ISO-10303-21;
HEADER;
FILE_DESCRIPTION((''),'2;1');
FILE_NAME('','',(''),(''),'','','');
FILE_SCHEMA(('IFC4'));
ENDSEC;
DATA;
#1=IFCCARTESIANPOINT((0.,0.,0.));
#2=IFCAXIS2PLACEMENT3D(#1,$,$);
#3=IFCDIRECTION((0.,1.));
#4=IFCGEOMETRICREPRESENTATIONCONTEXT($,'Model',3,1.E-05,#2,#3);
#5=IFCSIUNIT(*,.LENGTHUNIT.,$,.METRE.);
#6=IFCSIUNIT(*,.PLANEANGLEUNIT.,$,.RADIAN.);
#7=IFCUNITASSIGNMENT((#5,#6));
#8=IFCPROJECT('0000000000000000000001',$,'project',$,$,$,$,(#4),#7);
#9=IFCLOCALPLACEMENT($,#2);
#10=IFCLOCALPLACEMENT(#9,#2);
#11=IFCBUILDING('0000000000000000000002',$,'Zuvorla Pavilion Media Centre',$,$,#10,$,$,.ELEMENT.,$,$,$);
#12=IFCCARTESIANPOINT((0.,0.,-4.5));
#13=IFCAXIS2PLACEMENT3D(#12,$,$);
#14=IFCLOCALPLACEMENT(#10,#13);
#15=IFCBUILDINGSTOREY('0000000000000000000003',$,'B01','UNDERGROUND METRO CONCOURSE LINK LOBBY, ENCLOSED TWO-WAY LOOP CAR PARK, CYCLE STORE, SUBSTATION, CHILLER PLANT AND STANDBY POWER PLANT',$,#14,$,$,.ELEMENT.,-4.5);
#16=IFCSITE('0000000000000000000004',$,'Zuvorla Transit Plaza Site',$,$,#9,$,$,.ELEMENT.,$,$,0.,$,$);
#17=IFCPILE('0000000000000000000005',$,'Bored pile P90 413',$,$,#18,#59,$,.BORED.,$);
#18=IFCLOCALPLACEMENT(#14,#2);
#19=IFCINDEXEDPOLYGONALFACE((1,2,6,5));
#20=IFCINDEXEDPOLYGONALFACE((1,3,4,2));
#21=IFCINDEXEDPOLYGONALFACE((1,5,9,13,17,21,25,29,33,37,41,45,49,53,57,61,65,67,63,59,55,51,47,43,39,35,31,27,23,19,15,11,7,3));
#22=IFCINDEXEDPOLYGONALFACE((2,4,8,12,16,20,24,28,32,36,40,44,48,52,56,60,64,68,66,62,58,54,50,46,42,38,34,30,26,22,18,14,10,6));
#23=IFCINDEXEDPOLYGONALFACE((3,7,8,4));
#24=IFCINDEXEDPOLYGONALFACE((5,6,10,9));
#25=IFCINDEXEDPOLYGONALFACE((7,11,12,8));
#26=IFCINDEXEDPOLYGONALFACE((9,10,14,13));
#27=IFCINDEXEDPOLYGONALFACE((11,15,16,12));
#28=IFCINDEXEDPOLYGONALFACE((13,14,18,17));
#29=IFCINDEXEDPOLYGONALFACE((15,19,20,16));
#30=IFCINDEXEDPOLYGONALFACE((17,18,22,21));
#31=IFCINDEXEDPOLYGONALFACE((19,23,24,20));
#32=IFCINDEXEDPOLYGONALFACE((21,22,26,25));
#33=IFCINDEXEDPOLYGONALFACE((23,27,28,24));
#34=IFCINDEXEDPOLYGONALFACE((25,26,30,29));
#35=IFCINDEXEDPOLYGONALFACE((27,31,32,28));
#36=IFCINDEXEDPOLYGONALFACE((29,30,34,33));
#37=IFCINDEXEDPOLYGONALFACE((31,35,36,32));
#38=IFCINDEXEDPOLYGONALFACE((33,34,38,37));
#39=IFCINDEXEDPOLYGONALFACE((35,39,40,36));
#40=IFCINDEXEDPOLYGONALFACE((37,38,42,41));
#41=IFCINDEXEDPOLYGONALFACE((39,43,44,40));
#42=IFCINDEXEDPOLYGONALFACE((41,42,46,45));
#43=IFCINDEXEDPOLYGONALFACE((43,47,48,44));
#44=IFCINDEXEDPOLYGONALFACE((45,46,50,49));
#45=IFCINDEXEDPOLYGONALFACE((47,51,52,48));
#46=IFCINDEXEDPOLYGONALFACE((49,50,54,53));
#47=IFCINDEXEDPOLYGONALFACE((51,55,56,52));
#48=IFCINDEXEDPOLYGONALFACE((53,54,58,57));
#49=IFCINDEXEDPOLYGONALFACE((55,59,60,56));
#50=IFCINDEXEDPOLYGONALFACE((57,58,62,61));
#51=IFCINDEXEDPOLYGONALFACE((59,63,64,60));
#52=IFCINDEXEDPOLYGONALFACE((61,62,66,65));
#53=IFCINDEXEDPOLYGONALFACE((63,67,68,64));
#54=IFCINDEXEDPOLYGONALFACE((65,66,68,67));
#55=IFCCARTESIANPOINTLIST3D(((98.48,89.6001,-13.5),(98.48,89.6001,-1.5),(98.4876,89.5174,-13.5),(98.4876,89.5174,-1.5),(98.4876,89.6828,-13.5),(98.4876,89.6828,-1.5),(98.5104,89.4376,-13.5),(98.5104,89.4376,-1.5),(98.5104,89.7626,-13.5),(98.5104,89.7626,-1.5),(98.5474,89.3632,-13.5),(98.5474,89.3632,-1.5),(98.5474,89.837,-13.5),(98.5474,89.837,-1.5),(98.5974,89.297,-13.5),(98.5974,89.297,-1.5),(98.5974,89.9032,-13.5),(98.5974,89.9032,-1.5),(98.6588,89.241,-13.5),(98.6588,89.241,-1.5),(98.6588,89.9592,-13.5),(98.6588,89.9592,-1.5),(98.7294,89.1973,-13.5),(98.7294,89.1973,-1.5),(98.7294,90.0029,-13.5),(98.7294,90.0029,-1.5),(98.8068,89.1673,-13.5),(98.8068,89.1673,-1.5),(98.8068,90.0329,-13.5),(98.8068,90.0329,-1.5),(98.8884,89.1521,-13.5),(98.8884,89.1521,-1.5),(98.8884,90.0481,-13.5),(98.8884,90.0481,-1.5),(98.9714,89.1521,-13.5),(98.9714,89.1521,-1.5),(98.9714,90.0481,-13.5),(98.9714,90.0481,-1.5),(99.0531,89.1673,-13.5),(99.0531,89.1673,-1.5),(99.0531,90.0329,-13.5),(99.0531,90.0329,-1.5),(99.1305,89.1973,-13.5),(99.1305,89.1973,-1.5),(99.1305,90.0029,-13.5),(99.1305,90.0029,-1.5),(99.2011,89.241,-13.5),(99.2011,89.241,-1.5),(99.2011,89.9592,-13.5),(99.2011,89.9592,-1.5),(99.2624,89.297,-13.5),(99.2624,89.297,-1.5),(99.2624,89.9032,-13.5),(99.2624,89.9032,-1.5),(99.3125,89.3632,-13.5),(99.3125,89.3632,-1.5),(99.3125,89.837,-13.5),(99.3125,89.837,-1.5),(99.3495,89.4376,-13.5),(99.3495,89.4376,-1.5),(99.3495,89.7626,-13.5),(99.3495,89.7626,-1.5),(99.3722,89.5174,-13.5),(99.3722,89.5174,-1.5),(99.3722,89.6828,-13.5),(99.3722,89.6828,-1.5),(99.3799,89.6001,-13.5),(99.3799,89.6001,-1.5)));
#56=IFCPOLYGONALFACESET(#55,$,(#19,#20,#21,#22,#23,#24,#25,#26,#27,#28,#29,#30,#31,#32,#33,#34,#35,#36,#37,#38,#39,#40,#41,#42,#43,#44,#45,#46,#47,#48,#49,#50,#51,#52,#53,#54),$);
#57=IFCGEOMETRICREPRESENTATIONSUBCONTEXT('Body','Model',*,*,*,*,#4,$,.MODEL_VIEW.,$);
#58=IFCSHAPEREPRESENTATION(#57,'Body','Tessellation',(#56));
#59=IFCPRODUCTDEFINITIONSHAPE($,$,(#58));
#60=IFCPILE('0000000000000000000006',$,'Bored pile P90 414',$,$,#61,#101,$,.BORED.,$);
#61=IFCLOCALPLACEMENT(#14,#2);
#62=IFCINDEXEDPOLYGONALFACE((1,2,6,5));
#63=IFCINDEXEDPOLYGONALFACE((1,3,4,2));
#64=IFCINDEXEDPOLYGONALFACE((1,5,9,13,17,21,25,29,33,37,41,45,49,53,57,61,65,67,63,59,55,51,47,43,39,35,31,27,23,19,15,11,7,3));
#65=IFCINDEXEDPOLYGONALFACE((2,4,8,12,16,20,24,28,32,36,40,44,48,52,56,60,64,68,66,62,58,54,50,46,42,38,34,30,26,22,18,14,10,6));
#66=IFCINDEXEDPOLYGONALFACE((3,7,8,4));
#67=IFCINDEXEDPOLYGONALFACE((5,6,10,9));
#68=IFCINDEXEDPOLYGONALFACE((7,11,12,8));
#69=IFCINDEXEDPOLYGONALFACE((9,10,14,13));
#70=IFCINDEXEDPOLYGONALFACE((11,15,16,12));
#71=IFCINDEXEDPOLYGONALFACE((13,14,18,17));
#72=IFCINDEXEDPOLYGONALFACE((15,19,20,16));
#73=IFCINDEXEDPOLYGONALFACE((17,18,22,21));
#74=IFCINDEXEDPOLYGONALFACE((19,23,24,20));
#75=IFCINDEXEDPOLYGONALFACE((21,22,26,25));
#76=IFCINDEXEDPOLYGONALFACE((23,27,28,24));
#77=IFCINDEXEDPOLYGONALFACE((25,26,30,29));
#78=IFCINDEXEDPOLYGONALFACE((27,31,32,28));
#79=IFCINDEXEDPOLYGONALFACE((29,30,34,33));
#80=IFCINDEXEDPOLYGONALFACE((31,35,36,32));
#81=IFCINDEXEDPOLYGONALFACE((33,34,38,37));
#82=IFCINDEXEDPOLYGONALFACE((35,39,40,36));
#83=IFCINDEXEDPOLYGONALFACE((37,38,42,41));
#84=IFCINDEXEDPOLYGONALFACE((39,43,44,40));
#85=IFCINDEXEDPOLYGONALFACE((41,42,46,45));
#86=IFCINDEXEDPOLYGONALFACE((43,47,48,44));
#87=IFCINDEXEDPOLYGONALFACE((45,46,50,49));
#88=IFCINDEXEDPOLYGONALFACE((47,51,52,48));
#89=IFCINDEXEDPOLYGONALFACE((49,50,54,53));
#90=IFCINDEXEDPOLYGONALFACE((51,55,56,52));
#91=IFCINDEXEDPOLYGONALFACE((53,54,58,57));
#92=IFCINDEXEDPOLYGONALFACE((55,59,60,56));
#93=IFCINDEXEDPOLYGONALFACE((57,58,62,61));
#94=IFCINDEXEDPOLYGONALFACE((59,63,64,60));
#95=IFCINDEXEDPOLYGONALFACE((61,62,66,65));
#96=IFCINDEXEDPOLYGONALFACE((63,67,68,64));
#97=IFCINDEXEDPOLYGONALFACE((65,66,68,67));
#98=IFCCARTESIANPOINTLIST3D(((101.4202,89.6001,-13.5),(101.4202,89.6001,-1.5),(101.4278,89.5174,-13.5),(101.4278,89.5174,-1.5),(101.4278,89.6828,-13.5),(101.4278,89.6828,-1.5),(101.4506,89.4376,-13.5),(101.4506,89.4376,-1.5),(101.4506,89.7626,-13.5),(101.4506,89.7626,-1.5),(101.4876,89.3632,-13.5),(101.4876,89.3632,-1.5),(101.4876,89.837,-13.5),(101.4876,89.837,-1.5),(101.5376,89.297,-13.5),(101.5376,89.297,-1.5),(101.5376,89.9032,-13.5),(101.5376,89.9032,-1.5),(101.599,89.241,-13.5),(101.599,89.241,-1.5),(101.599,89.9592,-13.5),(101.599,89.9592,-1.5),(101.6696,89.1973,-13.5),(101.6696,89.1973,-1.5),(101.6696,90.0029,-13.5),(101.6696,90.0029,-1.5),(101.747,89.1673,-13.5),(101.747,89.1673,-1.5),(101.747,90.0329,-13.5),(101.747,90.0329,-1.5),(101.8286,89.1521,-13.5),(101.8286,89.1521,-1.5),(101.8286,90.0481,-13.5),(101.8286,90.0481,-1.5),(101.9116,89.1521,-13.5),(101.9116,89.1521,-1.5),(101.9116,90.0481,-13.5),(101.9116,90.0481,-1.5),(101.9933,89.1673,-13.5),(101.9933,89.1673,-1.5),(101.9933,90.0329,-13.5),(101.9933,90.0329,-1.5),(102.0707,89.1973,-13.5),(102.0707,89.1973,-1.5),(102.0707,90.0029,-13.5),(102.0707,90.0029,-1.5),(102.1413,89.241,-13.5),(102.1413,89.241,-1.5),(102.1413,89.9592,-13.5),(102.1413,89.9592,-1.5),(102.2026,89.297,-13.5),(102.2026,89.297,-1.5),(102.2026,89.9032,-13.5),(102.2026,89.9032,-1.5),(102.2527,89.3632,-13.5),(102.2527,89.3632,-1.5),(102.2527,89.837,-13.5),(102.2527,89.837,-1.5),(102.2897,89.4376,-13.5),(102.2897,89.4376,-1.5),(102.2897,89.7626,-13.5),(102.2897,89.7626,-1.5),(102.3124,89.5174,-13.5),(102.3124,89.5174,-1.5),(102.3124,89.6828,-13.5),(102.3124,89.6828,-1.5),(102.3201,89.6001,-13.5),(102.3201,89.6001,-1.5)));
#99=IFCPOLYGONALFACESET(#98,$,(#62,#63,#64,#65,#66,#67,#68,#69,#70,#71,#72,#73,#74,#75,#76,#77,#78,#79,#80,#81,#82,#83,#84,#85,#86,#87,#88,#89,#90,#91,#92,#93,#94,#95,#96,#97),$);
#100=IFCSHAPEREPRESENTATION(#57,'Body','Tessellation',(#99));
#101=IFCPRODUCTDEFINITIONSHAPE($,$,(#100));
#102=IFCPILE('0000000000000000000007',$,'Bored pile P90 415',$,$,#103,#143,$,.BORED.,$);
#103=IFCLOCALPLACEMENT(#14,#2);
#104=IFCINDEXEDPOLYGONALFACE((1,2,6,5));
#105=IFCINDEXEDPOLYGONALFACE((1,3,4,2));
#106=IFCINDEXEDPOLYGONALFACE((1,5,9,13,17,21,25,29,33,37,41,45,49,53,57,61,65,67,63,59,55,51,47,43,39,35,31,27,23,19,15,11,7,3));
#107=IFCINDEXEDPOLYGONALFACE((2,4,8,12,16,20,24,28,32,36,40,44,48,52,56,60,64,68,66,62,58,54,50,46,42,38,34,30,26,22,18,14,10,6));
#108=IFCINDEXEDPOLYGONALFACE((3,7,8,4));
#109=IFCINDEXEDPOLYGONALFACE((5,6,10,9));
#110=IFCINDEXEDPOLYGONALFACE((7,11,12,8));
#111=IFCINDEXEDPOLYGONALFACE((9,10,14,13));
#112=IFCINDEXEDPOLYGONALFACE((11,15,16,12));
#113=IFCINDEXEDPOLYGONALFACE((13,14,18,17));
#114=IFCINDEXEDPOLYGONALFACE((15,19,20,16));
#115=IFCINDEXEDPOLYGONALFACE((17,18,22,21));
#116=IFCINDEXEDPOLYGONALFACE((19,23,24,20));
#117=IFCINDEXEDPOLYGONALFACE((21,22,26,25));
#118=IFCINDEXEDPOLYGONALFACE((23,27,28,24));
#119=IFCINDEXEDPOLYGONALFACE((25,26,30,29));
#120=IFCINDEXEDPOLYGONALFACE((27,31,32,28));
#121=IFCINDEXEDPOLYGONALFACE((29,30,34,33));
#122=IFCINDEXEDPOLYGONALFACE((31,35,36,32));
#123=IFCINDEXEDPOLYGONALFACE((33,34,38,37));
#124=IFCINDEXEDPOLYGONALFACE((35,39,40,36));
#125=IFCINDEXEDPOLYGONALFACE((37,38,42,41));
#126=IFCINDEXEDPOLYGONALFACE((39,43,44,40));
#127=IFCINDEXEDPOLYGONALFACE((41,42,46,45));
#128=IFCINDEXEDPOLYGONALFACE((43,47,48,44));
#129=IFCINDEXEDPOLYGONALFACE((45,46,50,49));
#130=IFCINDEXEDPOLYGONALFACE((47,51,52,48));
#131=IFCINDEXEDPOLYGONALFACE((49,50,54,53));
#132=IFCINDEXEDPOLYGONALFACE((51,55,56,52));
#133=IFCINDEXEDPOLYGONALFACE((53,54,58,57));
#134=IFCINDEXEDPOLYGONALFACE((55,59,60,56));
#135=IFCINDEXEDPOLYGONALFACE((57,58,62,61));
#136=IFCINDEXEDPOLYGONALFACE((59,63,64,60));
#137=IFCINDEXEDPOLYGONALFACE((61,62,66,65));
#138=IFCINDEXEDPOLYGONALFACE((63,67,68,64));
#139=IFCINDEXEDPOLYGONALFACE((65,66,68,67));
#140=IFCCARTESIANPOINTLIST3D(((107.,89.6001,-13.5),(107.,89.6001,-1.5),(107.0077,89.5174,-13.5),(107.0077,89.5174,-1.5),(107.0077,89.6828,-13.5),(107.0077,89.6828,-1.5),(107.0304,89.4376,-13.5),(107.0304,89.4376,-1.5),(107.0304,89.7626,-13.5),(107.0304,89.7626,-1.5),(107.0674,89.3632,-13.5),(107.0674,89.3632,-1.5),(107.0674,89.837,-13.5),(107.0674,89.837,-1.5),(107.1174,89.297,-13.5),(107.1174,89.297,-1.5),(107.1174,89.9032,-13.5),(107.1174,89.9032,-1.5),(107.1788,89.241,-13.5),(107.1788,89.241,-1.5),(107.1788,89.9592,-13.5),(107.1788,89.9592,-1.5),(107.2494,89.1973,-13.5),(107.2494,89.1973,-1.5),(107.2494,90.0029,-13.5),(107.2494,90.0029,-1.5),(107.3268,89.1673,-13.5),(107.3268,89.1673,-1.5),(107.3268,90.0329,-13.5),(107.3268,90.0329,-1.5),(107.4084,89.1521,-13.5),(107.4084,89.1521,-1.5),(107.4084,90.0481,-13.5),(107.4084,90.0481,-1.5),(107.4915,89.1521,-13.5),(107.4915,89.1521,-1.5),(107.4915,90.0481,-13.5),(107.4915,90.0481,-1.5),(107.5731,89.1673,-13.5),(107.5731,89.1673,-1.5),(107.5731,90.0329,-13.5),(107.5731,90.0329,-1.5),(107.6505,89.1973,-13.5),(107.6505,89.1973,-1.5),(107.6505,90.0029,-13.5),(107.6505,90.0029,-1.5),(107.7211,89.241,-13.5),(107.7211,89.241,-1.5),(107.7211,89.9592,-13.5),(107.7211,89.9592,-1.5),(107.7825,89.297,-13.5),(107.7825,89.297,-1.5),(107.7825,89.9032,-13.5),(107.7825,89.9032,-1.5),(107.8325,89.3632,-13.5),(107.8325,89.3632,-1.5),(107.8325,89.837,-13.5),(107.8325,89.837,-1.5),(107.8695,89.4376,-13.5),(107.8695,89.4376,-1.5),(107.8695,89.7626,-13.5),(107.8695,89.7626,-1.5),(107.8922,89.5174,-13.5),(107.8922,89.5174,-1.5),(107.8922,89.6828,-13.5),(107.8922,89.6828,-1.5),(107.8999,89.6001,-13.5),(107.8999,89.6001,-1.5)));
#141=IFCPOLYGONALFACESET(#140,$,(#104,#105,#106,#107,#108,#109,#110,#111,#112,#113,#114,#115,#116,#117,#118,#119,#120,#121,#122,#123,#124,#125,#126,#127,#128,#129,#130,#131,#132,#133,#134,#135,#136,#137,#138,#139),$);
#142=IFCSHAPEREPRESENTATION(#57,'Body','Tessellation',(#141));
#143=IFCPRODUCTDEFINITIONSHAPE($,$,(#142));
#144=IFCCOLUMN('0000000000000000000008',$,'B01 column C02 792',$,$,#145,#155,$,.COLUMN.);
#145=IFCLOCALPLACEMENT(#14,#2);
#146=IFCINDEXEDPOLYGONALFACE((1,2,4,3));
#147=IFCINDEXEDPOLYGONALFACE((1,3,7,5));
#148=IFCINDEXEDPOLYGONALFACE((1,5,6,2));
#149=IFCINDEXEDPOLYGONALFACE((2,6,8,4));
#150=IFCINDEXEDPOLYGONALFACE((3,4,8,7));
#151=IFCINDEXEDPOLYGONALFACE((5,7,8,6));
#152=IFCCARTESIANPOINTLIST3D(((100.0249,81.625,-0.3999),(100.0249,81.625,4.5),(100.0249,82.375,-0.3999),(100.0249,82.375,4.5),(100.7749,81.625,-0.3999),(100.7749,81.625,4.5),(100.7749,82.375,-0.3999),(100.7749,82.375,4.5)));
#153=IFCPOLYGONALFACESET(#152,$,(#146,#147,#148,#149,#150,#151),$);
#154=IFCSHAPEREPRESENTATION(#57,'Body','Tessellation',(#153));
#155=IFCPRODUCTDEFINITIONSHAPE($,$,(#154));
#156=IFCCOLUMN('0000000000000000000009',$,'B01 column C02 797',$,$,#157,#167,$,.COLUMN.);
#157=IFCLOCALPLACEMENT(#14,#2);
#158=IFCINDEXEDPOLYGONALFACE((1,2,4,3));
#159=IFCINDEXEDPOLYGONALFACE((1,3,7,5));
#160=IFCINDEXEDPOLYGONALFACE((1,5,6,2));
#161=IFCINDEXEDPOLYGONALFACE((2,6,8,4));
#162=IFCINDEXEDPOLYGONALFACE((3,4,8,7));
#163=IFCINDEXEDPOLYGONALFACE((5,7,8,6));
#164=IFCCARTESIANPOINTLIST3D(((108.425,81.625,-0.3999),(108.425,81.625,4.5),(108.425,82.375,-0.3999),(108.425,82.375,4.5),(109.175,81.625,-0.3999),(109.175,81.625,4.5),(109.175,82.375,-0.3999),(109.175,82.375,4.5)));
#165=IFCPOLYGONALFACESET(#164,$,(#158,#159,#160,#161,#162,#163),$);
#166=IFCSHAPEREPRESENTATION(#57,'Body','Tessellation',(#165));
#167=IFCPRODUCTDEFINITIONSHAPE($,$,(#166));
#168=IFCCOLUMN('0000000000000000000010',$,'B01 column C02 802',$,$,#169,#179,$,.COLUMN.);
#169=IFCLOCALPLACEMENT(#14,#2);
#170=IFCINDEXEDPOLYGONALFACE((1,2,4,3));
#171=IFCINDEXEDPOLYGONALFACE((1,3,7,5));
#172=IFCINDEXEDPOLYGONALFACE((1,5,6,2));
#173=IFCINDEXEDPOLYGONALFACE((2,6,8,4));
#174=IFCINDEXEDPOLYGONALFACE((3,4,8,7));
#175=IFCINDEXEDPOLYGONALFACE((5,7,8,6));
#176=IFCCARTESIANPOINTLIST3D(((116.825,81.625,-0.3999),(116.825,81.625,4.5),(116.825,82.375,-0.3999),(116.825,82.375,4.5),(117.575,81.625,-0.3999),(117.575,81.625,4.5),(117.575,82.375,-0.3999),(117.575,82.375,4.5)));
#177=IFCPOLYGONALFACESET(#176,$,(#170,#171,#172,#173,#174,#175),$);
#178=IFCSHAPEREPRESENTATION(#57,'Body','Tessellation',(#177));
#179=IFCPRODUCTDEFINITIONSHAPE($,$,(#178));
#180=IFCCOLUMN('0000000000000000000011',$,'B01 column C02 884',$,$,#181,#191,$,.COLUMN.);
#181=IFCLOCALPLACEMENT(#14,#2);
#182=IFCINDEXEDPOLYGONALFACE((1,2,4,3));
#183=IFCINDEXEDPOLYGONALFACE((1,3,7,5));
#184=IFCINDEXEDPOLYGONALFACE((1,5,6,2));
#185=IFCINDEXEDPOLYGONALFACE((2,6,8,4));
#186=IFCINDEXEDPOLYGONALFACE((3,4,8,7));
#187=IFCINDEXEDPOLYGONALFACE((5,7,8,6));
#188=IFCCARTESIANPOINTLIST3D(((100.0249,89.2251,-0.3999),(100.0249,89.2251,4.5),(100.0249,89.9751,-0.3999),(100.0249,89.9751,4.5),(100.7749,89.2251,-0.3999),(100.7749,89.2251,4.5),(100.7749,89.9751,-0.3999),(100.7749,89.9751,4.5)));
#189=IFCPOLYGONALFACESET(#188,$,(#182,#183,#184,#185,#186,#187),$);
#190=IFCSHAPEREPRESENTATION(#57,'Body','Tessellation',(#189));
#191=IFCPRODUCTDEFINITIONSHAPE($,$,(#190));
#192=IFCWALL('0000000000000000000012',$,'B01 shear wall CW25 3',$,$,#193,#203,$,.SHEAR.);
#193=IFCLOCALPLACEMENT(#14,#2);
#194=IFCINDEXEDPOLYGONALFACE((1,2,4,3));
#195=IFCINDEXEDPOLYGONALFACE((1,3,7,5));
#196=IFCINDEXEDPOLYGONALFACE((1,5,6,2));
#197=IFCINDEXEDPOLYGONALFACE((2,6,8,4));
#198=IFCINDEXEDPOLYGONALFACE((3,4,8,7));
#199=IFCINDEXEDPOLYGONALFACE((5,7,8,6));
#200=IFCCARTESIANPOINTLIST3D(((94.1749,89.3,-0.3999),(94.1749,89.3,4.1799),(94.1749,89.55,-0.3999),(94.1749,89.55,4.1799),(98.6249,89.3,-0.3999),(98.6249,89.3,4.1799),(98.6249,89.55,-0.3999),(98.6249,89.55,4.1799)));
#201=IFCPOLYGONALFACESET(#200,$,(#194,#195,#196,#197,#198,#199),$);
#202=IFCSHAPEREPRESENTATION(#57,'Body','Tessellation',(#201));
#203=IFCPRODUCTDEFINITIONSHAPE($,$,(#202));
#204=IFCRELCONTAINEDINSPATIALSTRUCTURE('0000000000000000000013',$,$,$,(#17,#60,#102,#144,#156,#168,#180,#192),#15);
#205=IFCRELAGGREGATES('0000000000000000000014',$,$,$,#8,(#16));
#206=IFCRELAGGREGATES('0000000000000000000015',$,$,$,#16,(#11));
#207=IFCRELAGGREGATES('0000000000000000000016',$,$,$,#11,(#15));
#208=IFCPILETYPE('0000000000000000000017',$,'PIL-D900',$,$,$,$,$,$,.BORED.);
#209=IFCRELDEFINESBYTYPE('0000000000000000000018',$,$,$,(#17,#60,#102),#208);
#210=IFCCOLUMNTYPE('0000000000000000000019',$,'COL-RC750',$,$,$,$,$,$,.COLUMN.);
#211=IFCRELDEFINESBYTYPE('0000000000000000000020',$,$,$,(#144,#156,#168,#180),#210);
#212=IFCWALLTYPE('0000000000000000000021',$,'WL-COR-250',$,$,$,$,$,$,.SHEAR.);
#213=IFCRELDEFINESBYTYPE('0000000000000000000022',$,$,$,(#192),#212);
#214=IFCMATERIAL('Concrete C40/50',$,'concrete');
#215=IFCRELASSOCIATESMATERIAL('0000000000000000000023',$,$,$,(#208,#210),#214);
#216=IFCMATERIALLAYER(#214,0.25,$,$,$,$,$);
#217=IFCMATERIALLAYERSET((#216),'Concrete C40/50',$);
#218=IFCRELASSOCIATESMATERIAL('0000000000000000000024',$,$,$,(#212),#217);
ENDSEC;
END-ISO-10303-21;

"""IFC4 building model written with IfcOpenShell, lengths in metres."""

from ifc_helpers import new_model, si_unit, direction, frame, frame_2d, origin, origin_2d, place, context, subcontext, project, spatial, rectangle, circle, extrude, material, layer, layer_set, material_profile, profile_set, type_object, element, save


model = new_model("IFC4")

# Units and contexts
model_context = context("Model", 3, precision=1e-05, world=origin(), true_north=direction((0.0, 1.0)))
body_context = subcontext(model_context, "Body", "Model", "MODEL_VIEW")
ifc_project = project(units=[si_unit("LENGTHUNIT", "METRE"), si_unit("PLANEANGLEUNIT", "RADIAN")], contexts=[model_context])

# Site, building, storey
site_placement = place(None, origin())
site = spatial("IfcSite", under=ifc_project, at=site_placement, Name="Zuvorla Transit Plaza Site", CompositionType="ELEMENT", RefElevation=0.0)
building_placement = place(site_placement, origin())
building = spatial("IfcBuilding", under=site, at=building_placement, Name="Zuvorla Pavilion Media Centre", CompositionType="ELEMENT")
storey_placement = place(building_placement, frame((0.0, 0.0, -4.5)))
storey = spatial("IfcBuildingStorey", under=building, at=storey_placement, Name="B01", Description="UNDERGROUND METRO CONCOURSE LINK LOBBY, ENCLOSED TWO-WAY LOOP CAR PARK, CYCLE STORE, SUBSTATION, CHILLER PLANT AND STANDBY POWER PLANT", CompositionType="ELEMENT", Elevation=-4.5)

# Shared definitions
ifc_material = material(Name="Concrete C40/50", Category="concrete")

# Piles
ifc_material_profile_1 = material_profile(ifc_material, circle(Radius=0.45, at=origin_2d()), Name="BORED PILE 900")
ifc_profile_set_1 = profile_set([ifc_material_profile_1], Name="Concrete C40/50")
pile_type = type_object("IfcPileType", Name="PIL-D900", PredefinedType="BORED", material=ifc_profile_set_1)
for number, where, z_axis, x_axis, name in (
    (1, (98.9299, 89.6001, -1.5), (0.0, 0.0, -1.0), (1.0, 0.0, 0.0), "Bored pile P90 413"),
    (2, (101.8701, 89.6001, -1.5), (0.0, 0.0, -1.0), (1.0, 0.0, 0.0), "Bored pile P90 414"),
    (3, (107.45, 89.6001, -1.5), (0.0, 0.0, -1.0), (1.0, 0.0, 0.0), "Bored pile P90 415"),
):
    element("IfcPile", number, at=place(storey_placement, frame(where, z_axis=z_axis, x_axis=x_axis)), inside=storey, type_object=pile_type, Name=name, PredefinedType="BORED", context=body_context, shape_type="SweptSolid", body=[
        extrude(circle(Radius=0.45, at=origin_2d()), origin(), (0.0, 0.0, 1.0), 12.0),
    ])

# Columns
ifc_material_profile_2 = material_profile(ifc_material, rectangle(XDim=0.75, YDim=0.75, at=origin_2d()), Name="RC 750x750")
ifc_profile_set_2 = profile_set([ifc_material_profile_2], Name="Concrete C40/50")
column_type = type_object("IfcColumnType", Name="COL-RC750", PredefinedType="COLUMN", material=ifc_profile_set_2)
for number, where, z_axis, x_axis, name in (
    (4, (100.3999, 82.0, -0.3999), (0.0, 0.0, 1.0), (1.0, 0.0, 0.0), "B01 column C02 792"),
    (5, (108.8, 82.0, -0.3999), (0.0, 0.0, 1.0), (1.0, 0.0, 0.0), "B01 column C02 797"),
    (6, (117.2, 82.0, -0.3999), (0.0, 0.0, 1.0), (1.0, 0.0, 0.0), "B01 column C02 802"),
    (7, (100.3999, 89.6001, -0.3999), (0.0, 0.0, 1.0), (1.0, 0.0, 0.0), "B01 column C02 884"),
):
    element("IfcColumn", number, at=place(storey_placement, frame(where, z_axis=z_axis, x_axis=x_axis)), inside=storey, type_object=column_type, Name=name, PredefinedType="COLUMN", context=body_context, shape_type="SweptSolid", body=[
        extrude(rectangle(XDim=0.75, YDim=0.75, at=origin_2d()), origin(), (0.0, 0.0, 1.0), 4.8999),
    ])

# Wall
ifc_layer = layer(ifc_material, 0.25)
ifc_layer_set = layer_set([ifc_layer], Name="Concrete C40/50")
wall_type = type_object("IfcWallType", Name="WL-COR-250", PredefinedType="SHEAR", material=ifc_layer_set)
wall_placement = place(storey_placement, frame((98.625, 89.425, -0.3999), z_axis=(0.0, 0.0, 1.0), x_axis=(-1.0, 0.0, 0.0)))
element("IfcWall", 8, at=wall_placement, inside=storey, type_object=wall_type, Name="B01 shear wall CW25 3", PredefinedType="SHEAR", context=body_context, shape_type="SweptSolid", body=[
    extrude(rectangle(XDim=4.45, YDim=0.25, at=frame_2d((2.2251, 0.0))), origin(), (0.0, 0.0, 1.0), 4.5798),
])

save(model, "model.ifc")
